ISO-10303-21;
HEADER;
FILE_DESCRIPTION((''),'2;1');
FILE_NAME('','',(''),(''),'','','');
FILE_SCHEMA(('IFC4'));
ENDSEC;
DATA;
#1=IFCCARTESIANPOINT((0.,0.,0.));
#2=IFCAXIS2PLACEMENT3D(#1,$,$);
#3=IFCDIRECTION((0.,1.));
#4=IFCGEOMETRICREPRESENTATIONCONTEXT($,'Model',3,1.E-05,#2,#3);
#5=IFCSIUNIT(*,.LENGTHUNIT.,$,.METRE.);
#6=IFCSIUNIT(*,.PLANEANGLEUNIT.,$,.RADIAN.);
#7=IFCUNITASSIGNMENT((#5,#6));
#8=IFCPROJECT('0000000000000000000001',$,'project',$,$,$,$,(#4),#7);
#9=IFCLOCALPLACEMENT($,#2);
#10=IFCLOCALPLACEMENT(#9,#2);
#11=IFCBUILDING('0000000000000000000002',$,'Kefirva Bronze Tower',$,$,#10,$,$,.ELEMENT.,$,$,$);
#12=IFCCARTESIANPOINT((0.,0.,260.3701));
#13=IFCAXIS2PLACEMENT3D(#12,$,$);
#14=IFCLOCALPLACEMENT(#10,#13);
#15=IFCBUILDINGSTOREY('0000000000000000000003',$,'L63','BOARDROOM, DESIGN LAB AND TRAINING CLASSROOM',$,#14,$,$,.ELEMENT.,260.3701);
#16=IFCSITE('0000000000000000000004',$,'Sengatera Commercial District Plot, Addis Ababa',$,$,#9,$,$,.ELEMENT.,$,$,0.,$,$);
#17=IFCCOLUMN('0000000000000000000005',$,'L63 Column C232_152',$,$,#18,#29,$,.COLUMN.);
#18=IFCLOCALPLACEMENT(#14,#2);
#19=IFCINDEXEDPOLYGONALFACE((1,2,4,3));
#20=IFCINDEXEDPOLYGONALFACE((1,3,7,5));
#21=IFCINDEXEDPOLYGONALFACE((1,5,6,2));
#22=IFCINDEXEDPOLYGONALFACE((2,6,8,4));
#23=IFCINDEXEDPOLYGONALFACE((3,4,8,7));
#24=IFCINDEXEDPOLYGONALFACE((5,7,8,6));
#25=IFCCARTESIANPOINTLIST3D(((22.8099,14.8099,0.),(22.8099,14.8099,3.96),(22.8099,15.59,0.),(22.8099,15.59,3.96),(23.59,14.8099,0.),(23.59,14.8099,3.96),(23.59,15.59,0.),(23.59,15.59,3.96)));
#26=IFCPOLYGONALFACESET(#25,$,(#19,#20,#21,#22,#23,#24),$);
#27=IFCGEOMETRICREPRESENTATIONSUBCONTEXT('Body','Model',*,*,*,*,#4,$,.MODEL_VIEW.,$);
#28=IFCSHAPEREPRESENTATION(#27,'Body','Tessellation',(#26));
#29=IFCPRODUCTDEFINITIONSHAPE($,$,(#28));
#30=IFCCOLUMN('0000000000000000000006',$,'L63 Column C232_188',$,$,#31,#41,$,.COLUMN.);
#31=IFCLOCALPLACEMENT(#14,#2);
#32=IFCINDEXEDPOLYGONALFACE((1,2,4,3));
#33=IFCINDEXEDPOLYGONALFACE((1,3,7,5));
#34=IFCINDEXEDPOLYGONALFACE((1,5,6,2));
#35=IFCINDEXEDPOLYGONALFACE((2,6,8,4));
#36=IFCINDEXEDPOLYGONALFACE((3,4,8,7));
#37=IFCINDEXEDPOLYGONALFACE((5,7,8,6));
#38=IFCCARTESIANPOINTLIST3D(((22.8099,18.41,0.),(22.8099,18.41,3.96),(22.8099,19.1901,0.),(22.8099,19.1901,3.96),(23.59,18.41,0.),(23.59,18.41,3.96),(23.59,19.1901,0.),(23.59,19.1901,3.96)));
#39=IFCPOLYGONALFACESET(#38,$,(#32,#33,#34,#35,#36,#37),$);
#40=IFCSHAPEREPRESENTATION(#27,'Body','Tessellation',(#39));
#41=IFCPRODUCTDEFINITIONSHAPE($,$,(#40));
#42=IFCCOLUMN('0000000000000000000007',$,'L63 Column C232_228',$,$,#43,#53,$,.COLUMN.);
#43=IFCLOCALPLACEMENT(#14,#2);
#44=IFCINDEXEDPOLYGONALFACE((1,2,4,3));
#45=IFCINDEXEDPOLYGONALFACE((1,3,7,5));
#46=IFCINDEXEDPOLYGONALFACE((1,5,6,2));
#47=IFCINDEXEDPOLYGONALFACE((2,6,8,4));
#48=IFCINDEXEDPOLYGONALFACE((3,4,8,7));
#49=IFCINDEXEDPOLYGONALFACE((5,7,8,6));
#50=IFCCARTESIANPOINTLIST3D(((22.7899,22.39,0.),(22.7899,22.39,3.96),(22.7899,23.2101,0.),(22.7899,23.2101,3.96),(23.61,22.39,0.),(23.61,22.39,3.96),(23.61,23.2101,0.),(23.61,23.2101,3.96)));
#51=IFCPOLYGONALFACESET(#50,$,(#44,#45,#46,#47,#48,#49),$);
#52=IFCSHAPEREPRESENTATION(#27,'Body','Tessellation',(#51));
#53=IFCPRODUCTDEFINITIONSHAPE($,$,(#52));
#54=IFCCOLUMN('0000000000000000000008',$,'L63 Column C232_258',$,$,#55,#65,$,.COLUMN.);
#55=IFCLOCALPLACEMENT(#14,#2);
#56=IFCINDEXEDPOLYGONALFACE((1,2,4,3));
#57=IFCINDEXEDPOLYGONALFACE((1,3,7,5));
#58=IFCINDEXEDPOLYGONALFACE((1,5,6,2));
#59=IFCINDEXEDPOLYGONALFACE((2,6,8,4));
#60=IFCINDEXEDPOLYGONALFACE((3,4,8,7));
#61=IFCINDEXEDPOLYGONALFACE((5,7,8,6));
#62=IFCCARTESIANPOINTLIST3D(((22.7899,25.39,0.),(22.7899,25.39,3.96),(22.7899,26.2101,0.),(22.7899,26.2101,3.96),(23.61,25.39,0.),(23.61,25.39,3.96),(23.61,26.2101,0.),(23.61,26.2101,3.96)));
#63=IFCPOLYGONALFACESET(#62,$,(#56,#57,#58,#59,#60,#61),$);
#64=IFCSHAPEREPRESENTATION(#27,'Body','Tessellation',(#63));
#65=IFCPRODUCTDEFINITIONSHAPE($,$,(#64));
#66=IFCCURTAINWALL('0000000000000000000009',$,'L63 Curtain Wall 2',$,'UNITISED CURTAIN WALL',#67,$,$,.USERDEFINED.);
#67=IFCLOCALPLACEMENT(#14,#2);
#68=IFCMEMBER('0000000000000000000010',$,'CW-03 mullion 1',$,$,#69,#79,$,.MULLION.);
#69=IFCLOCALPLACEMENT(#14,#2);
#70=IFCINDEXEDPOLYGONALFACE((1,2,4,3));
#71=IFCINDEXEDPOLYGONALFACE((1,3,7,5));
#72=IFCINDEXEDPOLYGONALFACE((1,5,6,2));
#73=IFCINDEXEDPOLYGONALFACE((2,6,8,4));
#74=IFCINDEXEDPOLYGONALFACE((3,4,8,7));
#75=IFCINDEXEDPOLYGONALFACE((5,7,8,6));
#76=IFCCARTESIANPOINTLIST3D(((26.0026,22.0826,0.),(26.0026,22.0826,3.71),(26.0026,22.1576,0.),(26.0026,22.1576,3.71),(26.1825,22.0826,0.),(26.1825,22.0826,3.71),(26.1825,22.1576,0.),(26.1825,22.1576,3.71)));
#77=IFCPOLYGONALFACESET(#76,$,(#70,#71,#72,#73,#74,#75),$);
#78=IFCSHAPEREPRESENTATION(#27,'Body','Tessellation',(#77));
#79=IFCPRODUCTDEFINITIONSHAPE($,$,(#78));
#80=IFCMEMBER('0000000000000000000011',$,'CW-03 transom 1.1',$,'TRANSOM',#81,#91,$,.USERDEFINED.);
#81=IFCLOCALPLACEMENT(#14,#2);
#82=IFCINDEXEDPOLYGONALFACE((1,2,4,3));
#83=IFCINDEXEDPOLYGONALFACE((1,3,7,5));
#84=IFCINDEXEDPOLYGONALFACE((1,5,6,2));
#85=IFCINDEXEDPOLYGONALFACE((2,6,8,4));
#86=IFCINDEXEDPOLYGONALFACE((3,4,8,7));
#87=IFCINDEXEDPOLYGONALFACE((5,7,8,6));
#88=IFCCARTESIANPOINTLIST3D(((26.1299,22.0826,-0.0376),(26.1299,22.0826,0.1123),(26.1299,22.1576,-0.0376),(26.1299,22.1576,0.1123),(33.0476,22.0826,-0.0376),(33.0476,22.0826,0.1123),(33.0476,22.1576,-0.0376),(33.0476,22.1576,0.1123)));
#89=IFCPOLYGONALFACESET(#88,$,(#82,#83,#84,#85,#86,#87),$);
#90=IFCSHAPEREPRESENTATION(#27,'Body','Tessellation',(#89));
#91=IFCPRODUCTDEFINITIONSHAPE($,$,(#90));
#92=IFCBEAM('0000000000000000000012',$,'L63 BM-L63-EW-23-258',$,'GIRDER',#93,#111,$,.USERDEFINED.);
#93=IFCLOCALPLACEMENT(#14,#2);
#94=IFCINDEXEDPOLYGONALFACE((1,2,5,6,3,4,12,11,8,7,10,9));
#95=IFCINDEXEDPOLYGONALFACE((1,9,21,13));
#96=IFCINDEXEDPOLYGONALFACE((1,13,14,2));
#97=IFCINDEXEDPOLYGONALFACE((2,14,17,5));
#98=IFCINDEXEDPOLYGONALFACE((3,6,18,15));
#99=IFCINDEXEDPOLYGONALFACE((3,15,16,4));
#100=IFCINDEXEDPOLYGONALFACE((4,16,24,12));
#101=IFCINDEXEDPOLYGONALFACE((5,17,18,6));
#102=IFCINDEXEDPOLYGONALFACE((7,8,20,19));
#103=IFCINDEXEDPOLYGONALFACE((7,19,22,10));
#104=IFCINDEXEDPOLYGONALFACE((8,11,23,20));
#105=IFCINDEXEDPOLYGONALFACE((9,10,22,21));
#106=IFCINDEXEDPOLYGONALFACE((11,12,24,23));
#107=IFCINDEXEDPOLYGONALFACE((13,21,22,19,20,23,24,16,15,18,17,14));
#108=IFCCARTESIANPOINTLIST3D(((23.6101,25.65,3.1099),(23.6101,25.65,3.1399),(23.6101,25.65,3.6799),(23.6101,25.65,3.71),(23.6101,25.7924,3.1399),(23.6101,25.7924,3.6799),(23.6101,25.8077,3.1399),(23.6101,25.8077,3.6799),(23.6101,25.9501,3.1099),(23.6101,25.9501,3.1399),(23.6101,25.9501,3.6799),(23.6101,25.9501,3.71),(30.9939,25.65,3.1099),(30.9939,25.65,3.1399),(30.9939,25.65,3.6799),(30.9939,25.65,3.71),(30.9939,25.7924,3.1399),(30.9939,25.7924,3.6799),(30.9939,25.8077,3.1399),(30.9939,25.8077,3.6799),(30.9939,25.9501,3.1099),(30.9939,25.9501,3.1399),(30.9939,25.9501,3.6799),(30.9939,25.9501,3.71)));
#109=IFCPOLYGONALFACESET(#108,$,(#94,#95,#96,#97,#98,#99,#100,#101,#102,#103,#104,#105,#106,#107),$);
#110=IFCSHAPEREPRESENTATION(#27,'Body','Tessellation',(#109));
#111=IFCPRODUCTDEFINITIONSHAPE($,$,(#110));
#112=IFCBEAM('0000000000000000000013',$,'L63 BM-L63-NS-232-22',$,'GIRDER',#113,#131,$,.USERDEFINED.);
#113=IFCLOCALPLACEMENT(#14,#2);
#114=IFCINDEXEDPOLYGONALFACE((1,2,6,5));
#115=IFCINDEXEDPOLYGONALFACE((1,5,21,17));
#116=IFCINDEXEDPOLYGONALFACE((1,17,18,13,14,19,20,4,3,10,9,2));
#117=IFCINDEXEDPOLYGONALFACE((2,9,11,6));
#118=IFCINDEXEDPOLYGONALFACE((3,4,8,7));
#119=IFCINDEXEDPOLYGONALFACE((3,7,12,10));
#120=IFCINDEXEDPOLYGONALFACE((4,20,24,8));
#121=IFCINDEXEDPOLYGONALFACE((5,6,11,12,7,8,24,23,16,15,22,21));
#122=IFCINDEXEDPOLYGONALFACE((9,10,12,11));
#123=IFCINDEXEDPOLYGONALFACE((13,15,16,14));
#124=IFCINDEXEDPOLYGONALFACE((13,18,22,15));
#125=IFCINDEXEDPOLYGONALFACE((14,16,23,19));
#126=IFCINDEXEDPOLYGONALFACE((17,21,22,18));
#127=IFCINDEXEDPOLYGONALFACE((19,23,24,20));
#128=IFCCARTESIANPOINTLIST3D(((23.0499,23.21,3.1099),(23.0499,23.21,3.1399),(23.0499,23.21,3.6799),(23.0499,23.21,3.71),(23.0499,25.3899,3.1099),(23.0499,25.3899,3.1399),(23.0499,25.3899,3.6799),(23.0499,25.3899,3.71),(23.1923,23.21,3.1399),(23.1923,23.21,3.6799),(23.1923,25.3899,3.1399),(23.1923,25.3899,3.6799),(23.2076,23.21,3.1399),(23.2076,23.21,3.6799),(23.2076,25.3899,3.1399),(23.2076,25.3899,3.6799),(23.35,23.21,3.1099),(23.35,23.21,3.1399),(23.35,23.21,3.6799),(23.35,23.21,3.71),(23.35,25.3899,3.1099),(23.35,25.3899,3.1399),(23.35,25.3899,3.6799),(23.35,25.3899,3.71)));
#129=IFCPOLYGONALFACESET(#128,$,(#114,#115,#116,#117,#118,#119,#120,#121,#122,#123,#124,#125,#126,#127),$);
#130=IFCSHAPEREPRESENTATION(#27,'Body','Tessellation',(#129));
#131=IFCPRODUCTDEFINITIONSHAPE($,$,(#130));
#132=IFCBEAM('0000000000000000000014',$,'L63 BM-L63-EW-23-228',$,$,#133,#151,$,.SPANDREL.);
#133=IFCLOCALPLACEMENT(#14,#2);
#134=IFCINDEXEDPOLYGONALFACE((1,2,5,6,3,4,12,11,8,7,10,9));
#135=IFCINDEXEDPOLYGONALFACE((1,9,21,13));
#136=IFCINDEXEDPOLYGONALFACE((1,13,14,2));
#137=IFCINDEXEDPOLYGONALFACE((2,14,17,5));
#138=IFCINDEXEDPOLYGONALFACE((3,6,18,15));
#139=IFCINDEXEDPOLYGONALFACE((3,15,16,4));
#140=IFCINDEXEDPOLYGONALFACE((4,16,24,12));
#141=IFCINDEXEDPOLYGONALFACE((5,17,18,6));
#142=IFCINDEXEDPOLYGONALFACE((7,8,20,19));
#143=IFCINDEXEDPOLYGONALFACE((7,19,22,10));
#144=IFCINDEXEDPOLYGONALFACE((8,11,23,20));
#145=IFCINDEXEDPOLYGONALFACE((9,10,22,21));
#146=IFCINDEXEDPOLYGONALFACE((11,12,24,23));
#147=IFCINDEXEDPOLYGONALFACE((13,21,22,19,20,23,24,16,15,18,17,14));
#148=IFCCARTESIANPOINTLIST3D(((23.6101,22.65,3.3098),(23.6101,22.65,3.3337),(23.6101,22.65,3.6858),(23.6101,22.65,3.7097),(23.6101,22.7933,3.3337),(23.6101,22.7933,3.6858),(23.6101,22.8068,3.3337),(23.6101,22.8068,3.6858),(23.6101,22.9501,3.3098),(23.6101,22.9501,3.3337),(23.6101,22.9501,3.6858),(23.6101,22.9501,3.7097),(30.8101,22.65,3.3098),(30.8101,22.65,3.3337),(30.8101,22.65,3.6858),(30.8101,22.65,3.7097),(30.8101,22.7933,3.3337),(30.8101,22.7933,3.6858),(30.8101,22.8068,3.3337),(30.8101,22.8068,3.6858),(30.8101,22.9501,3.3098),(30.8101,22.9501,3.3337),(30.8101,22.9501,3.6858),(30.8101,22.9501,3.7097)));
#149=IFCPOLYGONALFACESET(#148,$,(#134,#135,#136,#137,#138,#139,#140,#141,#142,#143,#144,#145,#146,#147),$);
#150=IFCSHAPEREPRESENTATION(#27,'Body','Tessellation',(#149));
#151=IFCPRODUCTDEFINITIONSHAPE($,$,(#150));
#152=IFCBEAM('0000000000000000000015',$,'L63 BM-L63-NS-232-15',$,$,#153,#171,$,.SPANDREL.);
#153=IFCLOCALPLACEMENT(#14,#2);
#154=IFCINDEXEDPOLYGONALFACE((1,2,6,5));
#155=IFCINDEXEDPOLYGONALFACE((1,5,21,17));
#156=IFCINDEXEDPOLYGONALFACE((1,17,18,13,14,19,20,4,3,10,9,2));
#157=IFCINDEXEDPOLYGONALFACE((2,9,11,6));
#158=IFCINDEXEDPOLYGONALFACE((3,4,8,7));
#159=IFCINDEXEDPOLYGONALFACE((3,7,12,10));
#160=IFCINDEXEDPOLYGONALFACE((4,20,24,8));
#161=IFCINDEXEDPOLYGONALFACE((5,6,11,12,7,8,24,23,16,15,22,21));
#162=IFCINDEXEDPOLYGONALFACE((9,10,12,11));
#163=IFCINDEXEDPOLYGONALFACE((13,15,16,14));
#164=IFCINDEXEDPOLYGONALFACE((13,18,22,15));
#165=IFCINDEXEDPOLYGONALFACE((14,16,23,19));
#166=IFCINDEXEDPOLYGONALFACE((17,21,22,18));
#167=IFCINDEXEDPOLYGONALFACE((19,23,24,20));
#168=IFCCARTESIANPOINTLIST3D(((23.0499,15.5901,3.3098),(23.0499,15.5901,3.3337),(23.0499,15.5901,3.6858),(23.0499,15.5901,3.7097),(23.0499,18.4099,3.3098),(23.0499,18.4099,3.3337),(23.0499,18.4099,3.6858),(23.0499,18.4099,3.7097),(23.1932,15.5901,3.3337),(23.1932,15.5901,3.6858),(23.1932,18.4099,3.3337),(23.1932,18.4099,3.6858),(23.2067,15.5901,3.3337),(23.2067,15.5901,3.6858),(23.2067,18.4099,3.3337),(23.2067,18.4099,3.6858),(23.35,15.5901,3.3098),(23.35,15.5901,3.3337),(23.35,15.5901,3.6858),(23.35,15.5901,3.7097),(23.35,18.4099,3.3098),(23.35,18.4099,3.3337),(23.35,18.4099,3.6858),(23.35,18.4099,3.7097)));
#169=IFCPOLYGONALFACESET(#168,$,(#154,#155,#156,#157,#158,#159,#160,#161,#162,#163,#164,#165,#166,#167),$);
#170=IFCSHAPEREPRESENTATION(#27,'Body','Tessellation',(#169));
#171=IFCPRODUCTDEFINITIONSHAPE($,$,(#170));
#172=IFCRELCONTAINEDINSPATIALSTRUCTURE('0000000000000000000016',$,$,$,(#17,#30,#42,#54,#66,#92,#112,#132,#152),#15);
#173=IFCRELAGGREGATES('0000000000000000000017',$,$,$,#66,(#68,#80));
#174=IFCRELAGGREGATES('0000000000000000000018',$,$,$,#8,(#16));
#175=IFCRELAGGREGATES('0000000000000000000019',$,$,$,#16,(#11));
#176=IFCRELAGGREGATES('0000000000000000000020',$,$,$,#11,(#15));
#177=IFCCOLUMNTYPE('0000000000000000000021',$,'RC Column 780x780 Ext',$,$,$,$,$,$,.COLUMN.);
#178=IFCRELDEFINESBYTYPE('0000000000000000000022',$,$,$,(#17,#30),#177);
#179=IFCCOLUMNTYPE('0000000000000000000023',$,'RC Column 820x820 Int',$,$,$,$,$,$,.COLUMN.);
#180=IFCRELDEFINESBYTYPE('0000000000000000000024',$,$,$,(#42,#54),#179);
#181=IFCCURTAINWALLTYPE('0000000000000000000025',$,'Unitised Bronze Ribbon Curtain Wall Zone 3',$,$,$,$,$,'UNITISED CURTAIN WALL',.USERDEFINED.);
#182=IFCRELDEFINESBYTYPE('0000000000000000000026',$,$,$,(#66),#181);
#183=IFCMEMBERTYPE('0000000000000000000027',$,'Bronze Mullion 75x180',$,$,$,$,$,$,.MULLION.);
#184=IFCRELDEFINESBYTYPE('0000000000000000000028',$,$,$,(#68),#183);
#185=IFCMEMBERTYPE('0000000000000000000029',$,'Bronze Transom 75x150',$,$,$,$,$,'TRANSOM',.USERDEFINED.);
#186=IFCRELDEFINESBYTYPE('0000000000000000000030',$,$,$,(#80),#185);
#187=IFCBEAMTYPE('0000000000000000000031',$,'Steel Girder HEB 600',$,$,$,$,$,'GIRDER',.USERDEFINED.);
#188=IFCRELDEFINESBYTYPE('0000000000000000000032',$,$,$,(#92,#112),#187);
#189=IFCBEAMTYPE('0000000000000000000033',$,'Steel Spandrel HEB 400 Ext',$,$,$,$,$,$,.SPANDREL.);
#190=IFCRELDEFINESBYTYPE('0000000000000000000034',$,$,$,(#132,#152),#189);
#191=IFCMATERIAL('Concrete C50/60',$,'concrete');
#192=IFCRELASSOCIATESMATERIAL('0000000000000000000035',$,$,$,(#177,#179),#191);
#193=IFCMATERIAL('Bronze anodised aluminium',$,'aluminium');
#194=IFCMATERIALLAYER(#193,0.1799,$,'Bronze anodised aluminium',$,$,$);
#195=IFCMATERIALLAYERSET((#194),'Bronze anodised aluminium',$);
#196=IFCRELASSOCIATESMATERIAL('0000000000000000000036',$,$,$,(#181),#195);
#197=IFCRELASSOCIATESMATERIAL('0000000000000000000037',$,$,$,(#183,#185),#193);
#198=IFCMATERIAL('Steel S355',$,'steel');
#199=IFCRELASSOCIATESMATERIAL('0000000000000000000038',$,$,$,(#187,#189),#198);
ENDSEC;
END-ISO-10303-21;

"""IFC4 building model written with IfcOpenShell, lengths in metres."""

from ifc_helpers import new_model, si_unit, direction, frame, origin, origin_2d, place, context, subcontext, project, spatial, rectangle, i_section, extrude, material, layer, layer_set, material_profile, profile_set, type_object, element, aggregate, save


model = new_model("IFC4")

# Units and contexts
model_context = context("Model", 3, precision=1e-05, world=origin(), true_north=direction((0.0, 1.0)))
body_context = subcontext(model_context, "Body", "Model", "MODEL_VIEW")
ifc_project = project(units=[si_unit("LENGTHUNIT", "METRE"), si_unit("PLANEANGLEUNIT", "RADIAN")], contexts=[model_context])

# Site, building, storey
site_placement = place(None, origin())
site = spatial("IfcSite", under=ifc_project, at=site_placement, Name="Sengatera Commercial District Plot, Addis Ababa", CompositionType="ELEMENT", RefElevation=0.0)
building_placement = place(site_placement, origin())
building = spatial("IfcBuilding", under=site, at=building_placement, Name="Kefirva Bronze Tower", CompositionType="ELEMENT")
storey_placement = place(building_placement, frame((0.0, 0.0, 260.3701)))
storey = spatial("IfcBuildingStorey", under=building, at=storey_placement, Name="L63", Description="BOARDROOM, DESIGN LAB AND TRAINING CLASSROOM", CompositionType="ELEMENT", Elevation=260.3701)

# Columns
ifc_material_1 = material(Name="Concrete C50/60", Category="concrete")
ifc_material_profile_1 = material_profile(ifc_material_1, rectangle(XDim=0.78, YDim=0.78, at=origin_2d()), Name="RC 780x780")
ifc_profile_set_1 = profile_set([ifc_material_profile_1], Name="Concrete C50/60")
column_type_1 = type_object("IfcColumnType", Name="RC Column 780x780 Ext", PredefinedType="COLUMN", material=ifc_profile_set_1)
for number, where, z_axis, x_axis, name in (
    (1, (23.2, 15.2, 0.0), (0.0, 0.0, 1.0), (1.0, 0.0, 0.0), "L63 Column C232_152"),
    (2, (23.2, 18.8, 0.0), (0.0, 0.0, 1.0), (1.0, 0.0, 0.0), "L63 Column C232_188"),
):
    element("IfcColumn", number, at=place(storey_placement, frame(where, z_axis=z_axis, x_axis=x_axis)), inside=storey, type_object=column_type_1, Name=name, PredefinedType="COLUMN", context=body_context, shape_type="SweptSolid", body=[
        extrude(rectangle(XDim=0.78, YDim=0.78, at=origin_2d()), origin(), (0.0, 0.0, 1.0), 3.96),
    ])
ifc_material_profile_2 = material_profile(ifc_material_1, rectangle(XDim=0.8201, YDim=0.8201, at=origin_2d()), Name="RC 820x820")
ifc_profile_set_2 = profile_set([ifc_material_profile_2], Name="Concrete C50/60")
column_type_2 = type_object("IfcColumnType", Name="RC Column 820x820 Int", PredefinedType="COLUMN", material=ifc_profile_set_2)
for number, where, z_axis, x_axis, name in (
    (3, (23.2, 22.8, 0.0), (0.0, 0.0, 1.0), (1.0, 0.0, 0.0), "L63 Column C232_228"),
    (4, (23.2, 25.8, 0.0), (0.0, 0.0, 1.0), (1.0, 0.0, 0.0), "L63 Column C232_258"),
):
    element("IfcColumn", number, at=place(storey_placement, frame(where, z_axis=z_axis, x_axis=x_axis)), inside=storey, type_object=column_type_2, Name=name, PredefinedType="COLUMN", context=body_context, shape_type="SweptSolid", body=[
        extrude(rectangle(XDim=0.8201, YDim=0.8201, at=origin_2d()), origin(), (0.0, 0.0, 1.0), 3.96),
    ])

# Curtain wall, members
ifc_material_2 = material(Name="Bronze anodised aluminium", Category="aluminium")
ifc_layer_1 = layer(ifc_material_2, 0.1799, Name="Bronze anodised aluminium")
ifc_layer_set_1 = layer_set([ifc_layer_1], Name="Bronze anodised aluminium")
curtain_wall_type = type_object("IfcCurtainWallType", Name="Unitised Bronze Ribbon Curtain Wall Zone 3", ElementType="UNITISED CURTAIN WALL", PredefinedType="USERDEFINED", material=ifc_layer_set_1)
curtain_wall_placement = place(storey_placement, origin())
curtain_wall = element("IfcCurtainWall", 5, at=curtain_wall_placement, inside=storey, type_object=curtain_wall_type, Name="L63 Curtain Wall 2", ObjectType="UNITISED CURTAIN WALL", PredefinedType="USERDEFINED")
ifc_material_profile_3 = material_profile(ifc_material_2, rectangle(XDim=0.075, YDim=0.1799, at=origin_2d()), Name="ALU 75x180")
ifc_profile_set_3 = profile_set([ifc_material_profile_3], Name="Bronze anodised aluminium")
member_type_1 = type_object("IfcMemberType", Name="Bronze Mullion 75x180", PredefinedType="MULLION", material=ifc_profile_set_3)
member_1_placement = place(storey_placement, frame((26.0925, 22.1201, 0.0), z_axis=(0.0, 0.0, 1.0), x_axis=(0.0, 1.0, 0.0)))
member_1 = element("IfcMember", 6, at=member_1_placement, type_object=member_type_1, Name="CW-03 mullion 1", PredefinedType="MULLION", context=body_context, shape_type="SweptSolid", body=[
    extrude(rectangle(XDim=0.075, YDim=0.1799, at=origin_2d()), origin(), (0.0, 0.0, 1.0), 3.71),
])
ifc_material_profile_4 = material_profile(ifc_material_2, rectangle(XDim=0.075, YDim=0.1499, at=origin_2d()), Name="ALU 75x150")
ifc_profile_set_4 = profile_set([ifc_material_profile_4], Name="Bronze anodised aluminium")
member_type_2 = type_object("IfcMemberType", Name="Bronze Transom 75x150", ElementType="TRANSOM", PredefinedType="USERDEFINED", material=ifc_profile_set_4)
member_2_placement = place(storey_placement, frame((26.1299, 22.1201, 0.0374), z_axis=(1.0, 0.0, 0.0), x_axis=(0.0, 1.0, 0.0)))
member_2 = element("IfcMember", 7, at=member_2_placement, type_object=member_type_2, Name="CW-03 transom 1.1", ObjectType="TRANSOM", PredefinedType="USERDEFINED", context=body_context, shape_type="SweptSolid", body=[
    extrude(rectangle(XDim=0.075, YDim=0.1499, at=origin_2d()), origin(), (0.0, 0.0, 1.0), 6.9177),
])
aggregate(curtain_wall, [member_1, member_2])

# Beams
ifc_material_3 = material(Name="Steel S355", Category="steel")
ifc_material_profile_5 = material_profile(ifc_material_3, i_section(OverallWidth=0.3, OverallDepth=0.6001, WebThickness=0.0154, FlangeThickness=0.03, at=origin_2d()), Name="HEB 600")
ifc_profile_set_5 = profile_set([ifc_material_profile_5], Name="Steel S355")
beam_type_1 = type_object("IfcBeamType", Name="Steel Girder HEB 600", ElementType="GIRDER", PredefinedType="USERDEFINED", material=ifc_profile_set_5)
beam_1_placement = place(storey_placement, frame((23.6101, 25.8, 3.4099), z_axis=(1.0, 0.0, 0.0), x_axis=(0.0, 1.0, 0.0)))
element("IfcBeam", 8, at=beam_1_placement, inside=storey, type_object=beam_type_1, Name="L63 BM-L63-EW-23-258", ObjectType="GIRDER", PredefinedType="USERDEFINED", context=body_context, shape_type="SweptSolid", body=[
    extrude(i_section(OverallWidth=0.3, OverallDepth=0.6001, WebThickness=0.0154, FlangeThickness=0.03, at=origin_2d()), origin(), (0.0, 0.0, 1.0), 7.3838),
])
beam_2_placement = place(storey_placement, frame((23.2, 23.21, 3.4099), z_axis=(0.0, 1.0, 0.0), x_axis=(-1.0, 0.0, 0.0)))
element("IfcBeam", 9, at=beam_2_placement, inside=storey, type_object=beam_type_1, Name="L63 BM-L63-NS-232-22", ObjectType="GIRDER", PredefinedType="USERDEFINED", context=body_context, shape_type="SweptSolid", body=[
    extrude(i_section(OverallWidth=0.3, OverallDepth=0.6001, WebThickness=0.0154, FlangeThickness=0.03, at=origin_2d()), origin(), (0.0, 0.0, 1.0), 2.1799),
])
ifc_material_profile_6 = material_profile(ifc_material_3, i_section(OverallWidth=0.3, OverallDepth=0.3999, WebThickness=0.0134, FlangeThickness=0.0239, at=origin_2d()), Name="HEB 400")
ifc_profile_set_6 = profile_set([ifc_material_profile_6], Name="Steel S355")
beam_type_2 = type_object("IfcBeamType", Name="Steel Spandrel HEB 400 Ext", PredefinedType="SPANDREL", material=ifc_profile_set_6)
beam_3_placement = place(storey_placement, frame((23.6101, 22.8, 3.5098), z_axis=(1.0, 0.0, 0.0), x_axis=(0.0, 1.0, 0.0)))
element("IfcBeam", 10, at=beam_3_placement, inside=storey, type_object=beam_type_2, Name="L63 BM-L63-EW-23-228", PredefinedType="SPANDREL", context=body_context, shape_type="SweptSolid", body=[
    extrude(i_section(OverallWidth=0.3, OverallDepth=0.3999, WebThickness=0.0134, FlangeThickness=0.0239, at=origin_2d()), origin(), (0.0, 0.0, 1.0), 7.2),
])
beam_4_placement = place(storey_placement, frame((23.2, 15.5901, 3.5098), z_axis=(0.0, 1.0, 0.0), x_axis=(-1.0, 0.0, 0.0)))
element("IfcBeam", 11, at=beam_4_placement, inside=storey, type_object=beam_type_2, Name="L63 BM-L63-NS-232-15", PredefinedType="SPANDREL", context=body_context, shape_type="SweptSolid", body=[
    extrude(i_section(OverallWidth=0.3, OverallDepth=0.3999, WebThickness=0.0134, FlangeThickness=0.0239, at=origin_2d()), origin(), (0.0, 0.0, 1.0), 2.8198),
])

save(model, "model.ifc")
